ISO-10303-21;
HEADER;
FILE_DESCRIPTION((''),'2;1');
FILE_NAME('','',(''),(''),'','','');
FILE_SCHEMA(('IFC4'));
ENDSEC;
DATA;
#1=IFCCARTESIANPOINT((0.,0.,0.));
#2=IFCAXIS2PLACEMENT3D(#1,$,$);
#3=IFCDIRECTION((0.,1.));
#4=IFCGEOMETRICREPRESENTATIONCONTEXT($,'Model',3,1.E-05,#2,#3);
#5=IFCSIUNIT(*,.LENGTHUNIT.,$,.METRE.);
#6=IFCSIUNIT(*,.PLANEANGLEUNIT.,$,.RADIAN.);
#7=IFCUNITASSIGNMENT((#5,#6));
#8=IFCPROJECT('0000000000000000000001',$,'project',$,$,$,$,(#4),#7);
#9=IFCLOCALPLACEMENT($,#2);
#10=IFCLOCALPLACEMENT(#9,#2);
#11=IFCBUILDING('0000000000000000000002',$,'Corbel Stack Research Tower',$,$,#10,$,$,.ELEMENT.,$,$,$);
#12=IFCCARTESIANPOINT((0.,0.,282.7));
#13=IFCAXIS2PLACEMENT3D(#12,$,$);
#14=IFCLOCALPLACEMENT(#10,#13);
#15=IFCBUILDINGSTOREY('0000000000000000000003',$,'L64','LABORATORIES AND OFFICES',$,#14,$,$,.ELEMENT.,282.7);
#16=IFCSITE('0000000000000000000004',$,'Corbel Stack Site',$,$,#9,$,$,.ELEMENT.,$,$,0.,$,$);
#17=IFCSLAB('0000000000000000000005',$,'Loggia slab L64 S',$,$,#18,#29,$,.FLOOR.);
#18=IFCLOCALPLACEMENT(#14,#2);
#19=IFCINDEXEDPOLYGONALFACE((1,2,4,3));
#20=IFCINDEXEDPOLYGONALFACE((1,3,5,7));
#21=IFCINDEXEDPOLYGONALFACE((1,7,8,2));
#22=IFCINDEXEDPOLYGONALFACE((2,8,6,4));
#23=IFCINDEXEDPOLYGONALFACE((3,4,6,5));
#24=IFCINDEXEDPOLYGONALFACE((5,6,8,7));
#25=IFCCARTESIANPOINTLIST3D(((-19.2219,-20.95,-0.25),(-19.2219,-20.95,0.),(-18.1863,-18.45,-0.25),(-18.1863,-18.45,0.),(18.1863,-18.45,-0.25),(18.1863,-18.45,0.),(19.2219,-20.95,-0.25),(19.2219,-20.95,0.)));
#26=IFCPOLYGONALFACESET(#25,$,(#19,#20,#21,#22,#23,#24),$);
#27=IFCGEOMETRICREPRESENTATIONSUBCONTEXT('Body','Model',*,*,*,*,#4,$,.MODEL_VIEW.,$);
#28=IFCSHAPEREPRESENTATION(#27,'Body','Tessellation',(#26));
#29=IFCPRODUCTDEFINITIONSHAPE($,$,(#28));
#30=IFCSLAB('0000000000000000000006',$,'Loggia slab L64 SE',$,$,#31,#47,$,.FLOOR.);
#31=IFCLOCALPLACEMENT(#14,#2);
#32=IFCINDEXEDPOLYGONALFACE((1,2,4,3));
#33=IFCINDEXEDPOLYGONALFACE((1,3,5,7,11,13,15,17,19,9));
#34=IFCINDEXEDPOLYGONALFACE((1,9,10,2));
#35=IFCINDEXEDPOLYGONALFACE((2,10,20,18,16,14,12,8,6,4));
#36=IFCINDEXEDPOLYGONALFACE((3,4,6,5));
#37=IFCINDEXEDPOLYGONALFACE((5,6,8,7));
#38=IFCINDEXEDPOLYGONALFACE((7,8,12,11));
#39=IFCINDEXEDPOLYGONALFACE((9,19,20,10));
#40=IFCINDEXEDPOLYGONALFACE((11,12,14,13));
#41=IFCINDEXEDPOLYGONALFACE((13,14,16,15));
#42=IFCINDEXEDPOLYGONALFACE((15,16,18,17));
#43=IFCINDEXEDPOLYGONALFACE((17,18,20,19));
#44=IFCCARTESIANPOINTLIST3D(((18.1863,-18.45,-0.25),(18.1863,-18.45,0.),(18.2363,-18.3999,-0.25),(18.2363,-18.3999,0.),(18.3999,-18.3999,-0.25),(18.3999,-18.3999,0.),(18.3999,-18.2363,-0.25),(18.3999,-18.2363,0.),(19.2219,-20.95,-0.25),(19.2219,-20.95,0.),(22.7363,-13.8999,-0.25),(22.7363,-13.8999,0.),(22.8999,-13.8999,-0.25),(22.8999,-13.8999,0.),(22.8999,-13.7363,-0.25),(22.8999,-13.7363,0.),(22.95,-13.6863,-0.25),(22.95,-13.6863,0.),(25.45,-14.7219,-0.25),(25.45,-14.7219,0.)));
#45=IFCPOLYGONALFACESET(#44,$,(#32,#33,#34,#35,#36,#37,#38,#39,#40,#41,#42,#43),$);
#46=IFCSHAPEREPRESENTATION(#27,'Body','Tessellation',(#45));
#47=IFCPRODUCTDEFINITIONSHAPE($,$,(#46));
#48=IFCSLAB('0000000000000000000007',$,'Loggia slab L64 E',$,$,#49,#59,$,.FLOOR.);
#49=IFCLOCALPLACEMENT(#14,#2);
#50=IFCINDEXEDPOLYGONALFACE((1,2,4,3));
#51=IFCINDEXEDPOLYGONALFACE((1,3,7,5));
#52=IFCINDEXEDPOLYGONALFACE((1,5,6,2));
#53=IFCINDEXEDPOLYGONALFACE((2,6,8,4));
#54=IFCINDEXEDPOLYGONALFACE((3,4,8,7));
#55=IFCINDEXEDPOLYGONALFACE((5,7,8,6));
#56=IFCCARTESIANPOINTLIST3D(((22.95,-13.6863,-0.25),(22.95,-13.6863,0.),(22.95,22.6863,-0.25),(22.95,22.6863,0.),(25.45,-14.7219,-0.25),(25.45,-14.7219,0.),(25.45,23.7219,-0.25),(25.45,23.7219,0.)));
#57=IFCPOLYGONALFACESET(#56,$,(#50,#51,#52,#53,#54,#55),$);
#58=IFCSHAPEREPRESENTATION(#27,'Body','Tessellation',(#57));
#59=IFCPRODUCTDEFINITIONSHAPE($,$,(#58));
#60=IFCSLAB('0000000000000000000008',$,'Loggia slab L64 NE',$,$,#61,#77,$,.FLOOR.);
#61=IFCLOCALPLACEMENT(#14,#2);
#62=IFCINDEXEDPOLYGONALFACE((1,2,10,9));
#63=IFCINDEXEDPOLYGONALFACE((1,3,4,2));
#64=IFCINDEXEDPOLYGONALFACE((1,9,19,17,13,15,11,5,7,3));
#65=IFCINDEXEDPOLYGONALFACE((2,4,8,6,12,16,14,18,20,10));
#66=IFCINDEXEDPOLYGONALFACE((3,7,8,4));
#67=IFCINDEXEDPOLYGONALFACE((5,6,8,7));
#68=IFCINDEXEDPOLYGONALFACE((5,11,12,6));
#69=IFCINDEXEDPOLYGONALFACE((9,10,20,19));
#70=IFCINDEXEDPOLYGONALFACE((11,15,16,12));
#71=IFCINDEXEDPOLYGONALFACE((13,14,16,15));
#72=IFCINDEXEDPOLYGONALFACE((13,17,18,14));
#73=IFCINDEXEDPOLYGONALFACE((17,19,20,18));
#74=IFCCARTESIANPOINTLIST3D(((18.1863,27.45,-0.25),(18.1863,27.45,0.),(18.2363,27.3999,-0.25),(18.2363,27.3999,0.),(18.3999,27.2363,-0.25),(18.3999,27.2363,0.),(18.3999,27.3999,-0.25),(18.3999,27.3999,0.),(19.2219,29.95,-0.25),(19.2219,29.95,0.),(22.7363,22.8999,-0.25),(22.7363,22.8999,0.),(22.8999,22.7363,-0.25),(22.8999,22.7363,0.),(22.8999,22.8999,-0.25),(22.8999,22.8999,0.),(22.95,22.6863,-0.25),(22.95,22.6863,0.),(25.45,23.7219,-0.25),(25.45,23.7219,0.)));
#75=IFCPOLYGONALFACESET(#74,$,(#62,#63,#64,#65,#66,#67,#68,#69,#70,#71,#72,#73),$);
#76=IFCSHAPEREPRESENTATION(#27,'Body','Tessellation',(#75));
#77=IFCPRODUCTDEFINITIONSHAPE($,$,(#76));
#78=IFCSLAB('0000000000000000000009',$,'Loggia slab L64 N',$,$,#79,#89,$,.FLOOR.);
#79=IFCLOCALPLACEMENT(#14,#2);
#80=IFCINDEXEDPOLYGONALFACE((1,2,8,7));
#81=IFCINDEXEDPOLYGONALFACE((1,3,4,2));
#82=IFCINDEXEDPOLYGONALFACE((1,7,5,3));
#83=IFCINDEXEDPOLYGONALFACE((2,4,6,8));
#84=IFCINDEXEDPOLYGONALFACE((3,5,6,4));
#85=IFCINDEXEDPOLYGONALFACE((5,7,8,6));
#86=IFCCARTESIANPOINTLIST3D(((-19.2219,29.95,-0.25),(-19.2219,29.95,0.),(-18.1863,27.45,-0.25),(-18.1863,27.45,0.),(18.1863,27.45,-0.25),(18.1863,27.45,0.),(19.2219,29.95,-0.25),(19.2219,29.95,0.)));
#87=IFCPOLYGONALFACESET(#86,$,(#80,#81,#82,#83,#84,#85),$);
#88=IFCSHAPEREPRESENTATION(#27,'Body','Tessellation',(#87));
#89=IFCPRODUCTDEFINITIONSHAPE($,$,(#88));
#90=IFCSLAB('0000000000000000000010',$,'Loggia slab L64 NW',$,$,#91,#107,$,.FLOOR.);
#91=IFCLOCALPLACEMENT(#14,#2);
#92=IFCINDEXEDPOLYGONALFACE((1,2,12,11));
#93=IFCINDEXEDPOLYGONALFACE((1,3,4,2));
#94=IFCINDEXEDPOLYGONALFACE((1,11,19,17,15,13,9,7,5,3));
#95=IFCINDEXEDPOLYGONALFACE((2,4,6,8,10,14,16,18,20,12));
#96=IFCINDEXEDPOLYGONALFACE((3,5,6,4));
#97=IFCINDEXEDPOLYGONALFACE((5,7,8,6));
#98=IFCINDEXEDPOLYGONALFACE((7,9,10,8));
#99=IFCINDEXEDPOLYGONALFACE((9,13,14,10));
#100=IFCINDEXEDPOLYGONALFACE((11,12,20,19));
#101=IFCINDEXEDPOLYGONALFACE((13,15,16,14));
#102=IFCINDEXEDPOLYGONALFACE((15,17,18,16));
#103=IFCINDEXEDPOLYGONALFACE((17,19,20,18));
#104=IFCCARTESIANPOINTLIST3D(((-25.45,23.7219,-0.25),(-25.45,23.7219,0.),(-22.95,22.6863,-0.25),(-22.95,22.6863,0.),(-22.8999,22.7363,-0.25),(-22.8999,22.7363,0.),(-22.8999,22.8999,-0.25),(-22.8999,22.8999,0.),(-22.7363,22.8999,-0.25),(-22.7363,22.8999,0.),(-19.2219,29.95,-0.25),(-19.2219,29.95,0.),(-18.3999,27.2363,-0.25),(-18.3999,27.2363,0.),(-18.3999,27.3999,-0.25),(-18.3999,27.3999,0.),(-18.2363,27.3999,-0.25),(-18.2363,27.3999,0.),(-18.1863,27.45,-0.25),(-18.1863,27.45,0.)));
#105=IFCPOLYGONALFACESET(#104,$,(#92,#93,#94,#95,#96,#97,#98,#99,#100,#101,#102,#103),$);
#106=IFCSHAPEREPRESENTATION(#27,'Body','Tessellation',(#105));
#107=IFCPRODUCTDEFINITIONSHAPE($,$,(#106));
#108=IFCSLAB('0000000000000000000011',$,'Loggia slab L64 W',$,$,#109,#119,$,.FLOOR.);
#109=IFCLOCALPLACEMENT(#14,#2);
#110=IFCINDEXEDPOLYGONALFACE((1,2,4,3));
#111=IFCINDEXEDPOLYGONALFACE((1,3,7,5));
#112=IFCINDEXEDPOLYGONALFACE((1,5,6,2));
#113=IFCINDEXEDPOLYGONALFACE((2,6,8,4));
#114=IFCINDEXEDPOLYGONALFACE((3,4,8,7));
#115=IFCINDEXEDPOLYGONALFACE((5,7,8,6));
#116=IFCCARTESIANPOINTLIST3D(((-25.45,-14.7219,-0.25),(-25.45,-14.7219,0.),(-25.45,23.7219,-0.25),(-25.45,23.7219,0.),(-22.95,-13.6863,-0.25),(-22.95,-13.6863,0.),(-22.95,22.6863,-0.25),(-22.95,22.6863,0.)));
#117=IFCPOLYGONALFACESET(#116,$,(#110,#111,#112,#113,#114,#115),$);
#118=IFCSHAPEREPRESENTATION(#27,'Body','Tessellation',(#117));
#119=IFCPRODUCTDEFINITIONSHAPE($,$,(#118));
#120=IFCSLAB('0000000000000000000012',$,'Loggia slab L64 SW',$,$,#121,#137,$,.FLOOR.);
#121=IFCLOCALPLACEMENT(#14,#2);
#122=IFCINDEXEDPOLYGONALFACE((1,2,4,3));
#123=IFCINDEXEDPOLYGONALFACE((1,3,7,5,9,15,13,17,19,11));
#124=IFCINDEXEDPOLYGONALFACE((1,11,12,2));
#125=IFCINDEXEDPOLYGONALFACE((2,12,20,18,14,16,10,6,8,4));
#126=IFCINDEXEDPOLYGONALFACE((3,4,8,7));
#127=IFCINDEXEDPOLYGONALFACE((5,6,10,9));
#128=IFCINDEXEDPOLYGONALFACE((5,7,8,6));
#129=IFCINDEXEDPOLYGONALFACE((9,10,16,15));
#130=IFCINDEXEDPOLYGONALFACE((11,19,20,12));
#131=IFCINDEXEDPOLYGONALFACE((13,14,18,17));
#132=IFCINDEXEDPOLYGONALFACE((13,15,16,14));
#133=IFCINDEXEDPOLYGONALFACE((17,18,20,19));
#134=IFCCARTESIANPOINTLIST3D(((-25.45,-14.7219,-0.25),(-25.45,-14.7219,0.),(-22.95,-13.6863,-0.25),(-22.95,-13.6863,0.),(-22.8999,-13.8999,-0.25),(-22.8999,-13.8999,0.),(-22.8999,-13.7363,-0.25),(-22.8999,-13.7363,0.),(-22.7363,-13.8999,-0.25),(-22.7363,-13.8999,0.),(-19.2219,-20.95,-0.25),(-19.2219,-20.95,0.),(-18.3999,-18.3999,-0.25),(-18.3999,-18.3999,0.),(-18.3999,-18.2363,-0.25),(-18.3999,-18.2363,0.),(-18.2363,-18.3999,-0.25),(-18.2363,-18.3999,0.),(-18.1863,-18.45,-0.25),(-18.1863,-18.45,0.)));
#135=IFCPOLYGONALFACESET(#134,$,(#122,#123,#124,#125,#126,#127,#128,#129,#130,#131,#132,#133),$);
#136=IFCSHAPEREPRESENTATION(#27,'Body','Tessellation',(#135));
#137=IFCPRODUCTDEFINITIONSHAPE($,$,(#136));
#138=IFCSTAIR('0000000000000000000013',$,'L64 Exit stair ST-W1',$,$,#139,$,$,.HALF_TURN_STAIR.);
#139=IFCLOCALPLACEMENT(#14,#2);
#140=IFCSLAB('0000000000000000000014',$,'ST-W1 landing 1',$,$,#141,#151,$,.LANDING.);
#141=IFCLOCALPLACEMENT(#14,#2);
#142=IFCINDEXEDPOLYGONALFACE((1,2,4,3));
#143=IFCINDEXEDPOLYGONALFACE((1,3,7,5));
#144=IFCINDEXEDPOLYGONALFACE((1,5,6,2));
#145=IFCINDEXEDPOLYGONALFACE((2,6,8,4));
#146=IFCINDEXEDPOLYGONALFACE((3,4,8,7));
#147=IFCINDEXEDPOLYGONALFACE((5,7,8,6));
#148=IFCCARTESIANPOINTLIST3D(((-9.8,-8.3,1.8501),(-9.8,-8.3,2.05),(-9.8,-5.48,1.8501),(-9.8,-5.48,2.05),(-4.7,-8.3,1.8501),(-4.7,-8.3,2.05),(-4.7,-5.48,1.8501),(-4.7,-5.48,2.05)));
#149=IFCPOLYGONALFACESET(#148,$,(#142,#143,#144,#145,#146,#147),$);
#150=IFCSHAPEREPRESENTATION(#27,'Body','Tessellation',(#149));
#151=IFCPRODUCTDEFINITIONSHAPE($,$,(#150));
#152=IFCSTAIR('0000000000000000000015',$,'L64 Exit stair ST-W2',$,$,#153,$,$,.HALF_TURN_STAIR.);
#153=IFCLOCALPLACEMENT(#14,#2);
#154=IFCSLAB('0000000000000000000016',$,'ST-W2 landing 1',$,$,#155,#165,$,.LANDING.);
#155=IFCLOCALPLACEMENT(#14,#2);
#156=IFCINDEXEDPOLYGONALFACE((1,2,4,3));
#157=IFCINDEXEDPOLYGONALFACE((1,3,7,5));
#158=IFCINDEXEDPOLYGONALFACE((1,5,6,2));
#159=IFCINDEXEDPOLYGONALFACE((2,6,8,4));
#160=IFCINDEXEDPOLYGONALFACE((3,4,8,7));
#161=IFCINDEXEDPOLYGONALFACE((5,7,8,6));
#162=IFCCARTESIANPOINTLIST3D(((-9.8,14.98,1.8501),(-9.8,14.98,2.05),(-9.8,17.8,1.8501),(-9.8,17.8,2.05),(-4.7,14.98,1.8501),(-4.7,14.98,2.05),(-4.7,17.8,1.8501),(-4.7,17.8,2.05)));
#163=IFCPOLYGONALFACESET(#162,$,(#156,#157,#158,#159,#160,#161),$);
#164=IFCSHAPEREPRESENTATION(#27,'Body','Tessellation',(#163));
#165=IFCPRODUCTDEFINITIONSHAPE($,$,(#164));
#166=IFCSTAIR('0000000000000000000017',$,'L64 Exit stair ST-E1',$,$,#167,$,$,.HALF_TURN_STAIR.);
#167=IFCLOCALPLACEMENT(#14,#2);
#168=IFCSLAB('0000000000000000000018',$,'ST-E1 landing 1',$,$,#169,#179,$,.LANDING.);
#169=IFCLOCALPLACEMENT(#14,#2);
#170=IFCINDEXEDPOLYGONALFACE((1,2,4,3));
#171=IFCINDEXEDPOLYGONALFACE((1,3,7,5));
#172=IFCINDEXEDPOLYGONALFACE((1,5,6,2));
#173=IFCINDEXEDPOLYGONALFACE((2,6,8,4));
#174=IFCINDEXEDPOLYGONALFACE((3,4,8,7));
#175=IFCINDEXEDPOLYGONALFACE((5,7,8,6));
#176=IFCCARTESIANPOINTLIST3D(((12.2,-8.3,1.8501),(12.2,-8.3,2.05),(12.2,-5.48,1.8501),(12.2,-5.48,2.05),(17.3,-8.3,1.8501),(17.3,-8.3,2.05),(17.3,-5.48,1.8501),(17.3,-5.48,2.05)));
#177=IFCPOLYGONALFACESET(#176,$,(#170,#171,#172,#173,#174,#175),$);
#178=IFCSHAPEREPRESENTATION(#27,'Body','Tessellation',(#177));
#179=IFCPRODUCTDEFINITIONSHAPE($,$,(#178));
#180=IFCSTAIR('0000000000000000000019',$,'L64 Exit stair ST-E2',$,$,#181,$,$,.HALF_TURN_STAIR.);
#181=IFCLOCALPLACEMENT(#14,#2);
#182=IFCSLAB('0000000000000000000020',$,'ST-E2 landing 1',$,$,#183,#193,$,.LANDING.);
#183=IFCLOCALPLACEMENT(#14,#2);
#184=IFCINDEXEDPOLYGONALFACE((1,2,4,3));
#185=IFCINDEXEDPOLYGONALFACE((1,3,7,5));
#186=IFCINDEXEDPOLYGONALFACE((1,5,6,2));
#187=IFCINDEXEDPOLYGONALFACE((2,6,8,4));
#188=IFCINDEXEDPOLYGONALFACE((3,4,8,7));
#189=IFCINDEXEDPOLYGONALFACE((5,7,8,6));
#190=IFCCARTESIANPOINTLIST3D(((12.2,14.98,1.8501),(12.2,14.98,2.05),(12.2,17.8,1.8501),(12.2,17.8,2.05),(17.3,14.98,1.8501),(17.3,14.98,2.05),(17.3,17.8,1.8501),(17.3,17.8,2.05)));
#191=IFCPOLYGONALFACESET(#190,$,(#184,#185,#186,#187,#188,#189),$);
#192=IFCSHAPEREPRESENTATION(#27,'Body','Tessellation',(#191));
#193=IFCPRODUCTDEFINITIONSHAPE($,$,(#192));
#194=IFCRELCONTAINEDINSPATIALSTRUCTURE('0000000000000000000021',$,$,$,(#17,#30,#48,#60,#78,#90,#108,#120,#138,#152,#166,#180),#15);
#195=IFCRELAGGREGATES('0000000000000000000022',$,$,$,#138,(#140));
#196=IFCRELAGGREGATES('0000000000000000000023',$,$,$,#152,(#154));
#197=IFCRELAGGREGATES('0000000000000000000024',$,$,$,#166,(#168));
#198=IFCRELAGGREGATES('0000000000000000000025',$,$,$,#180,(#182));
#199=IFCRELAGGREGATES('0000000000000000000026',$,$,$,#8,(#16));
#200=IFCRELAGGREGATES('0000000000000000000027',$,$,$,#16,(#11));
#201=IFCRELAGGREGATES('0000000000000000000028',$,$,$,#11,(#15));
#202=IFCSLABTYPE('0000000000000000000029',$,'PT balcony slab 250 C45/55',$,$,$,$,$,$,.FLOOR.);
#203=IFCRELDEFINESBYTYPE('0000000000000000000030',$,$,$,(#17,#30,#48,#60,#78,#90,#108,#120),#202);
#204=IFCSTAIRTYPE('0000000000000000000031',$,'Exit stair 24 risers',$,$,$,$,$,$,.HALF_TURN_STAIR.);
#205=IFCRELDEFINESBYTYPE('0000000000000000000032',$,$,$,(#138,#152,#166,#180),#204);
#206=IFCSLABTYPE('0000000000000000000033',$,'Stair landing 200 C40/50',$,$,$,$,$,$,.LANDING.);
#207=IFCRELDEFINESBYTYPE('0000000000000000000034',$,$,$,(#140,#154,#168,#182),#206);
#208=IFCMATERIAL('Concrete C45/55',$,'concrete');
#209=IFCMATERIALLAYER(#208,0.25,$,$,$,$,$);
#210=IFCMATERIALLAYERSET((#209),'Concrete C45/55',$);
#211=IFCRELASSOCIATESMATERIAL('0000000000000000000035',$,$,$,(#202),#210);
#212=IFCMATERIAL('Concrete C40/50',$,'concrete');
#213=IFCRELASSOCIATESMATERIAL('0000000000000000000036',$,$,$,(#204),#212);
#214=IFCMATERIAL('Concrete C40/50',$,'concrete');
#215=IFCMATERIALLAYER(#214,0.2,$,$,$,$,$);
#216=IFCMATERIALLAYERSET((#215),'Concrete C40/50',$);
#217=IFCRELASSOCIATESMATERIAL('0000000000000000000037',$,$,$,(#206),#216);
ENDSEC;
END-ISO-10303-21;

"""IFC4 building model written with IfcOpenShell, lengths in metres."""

from ifc_helpers import new_model, si_unit, direction, frame, origin, place, context, subcontext, project, spatial, polyline, outline, extrude, material, layer, layer_set, type_object, element, aggregate, save


model = new_model("IFC4")

# Units and contexts
model_context = context("Model", 3, precision=1e-05, world=origin(), true_north=direction((0.0, 1.0)))
body_context = subcontext(model_context, "Body", "Model", "MODEL_VIEW")
ifc_project = project(units=[si_unit("LENGTHUNIT", "METRE"), si_unit("PLANEANGLEUNIT", "RADIAN")], contexts=[model_context])

# Site, building, storey
site_placement = place(None, origin())
site = spatial("IfcSite", under=ifc_project, at=site_placement, Name="Corbel Stack Site", CompositionType="ELEMENT", RefElevation=0.0)
building_placement = place(site_placement, origin())
building = spatial("IfcBuilding", under=site, at=building_placement, Name="Corbel Stack Research Tower", CompositionType="ELEMENT")
storey_placement = place(building_placement, frame((0.0, 0.0, 282.7)))
storey = spatial("IfcBuildingStorey", under=building, at=storey_placement, Name="L64", Description="LABORATORIES AND OFFICES", CompositionType="ELEMENT", Elevation=282.7)

# Slabs
ifc_material_1 = material(Name="Concrete C45/55", Category="concrete")
ifc_layer_1 = layer(ifc_material_1, 0.25)
ifc_layer_set_1 = layer_set([ifc_layer_1], Name="Concrete C45/55")
slab_type_1 = type_object("IfcSlabType", Name="PT balcony slab 250 C45/55", PredefinedType="FLOOR", material=ifc_layer_set_1)
slab_1_placement = place(storey_placement, frame((0.0, 0.0, -0.25)))
element("IfcSlab", 1, at=slab_1_placement, inside=storey, type_object=slab_type_1, Name="Loggia slab L64 S", PredefinedType="FLOOR", context=body_context, shape_type="SweptSolid", body=[
    extrude(outline(polyline([(18.1863, -18.45), (-18.1863, -18.45), (-19.2219, -20.95), (19.2219, -20.95), (18.1863, -18.45)])), origin(), (0.0, 0.0, 1.0), 0.25),
])
slab_2_placement = place(storey_placement, frame((0.0, 0.0, -0.25)))
element("IfcSlab", 2, at=slab_2_placement, inside=storey, type_object=slab_type_1, Name="Loggia slab L64 SE", PredefinedType="FLOOR", context=body_context, shape_type="SweptSolid", body=[
    extrude(outline(polyline([(22.95, -13.6863), (22.8999, -13.7363), (22.8999, -13.8999), (22.7363, -13.8999), (18.3999, -18.2363), (18.3999, -18.3999), (18.2363, -18.3999), (18.1863, -18.45), (19.2219, -20.95), (25.45, -14.7219), (22.95, -13.6863)])), origin(), (0.0, 0.0, 1.0), 0.25),
])
slab_3_placement = place(storey_placement, frame((0.0, 0.0, -0.25)))
element("IfcSlab", 3, at=slab_3_placement, inside=storey, type_object=slab_type_1, Name="Loggia slab L64 E", PredefinedType="FLOOR", context=body_context, shape_type="SweptSolid", body=[
    extrude(outline(polyline([(22.95, 22.6863), (22.95, -13.6863), (25.45, -14.7219), (25.45, 23.7219), (22.95, 22.6863)])), origin(), (0.0, 0.0, 1.0), 0.25),
])
slab_4_placement = place(storey_placement, frame((0.0, 0.0, -0.25)))
element("IfcSlab", 4, at=slab_4_placement, inside=storey, type_object=slab_type_1, Name="Loggia slab L64 NE", PredefinedType="FLOOR", context=body_context, shape_type="SweptSolid", body=[
    extrude(outline(polyline([(18.1863, 27.45), (18.2363, 27.3999), (18.3999, 27.3999), (18.3999, 27.2363), (22.7363, 22.8999), (22.8999, 22.8999), (22.8999, 22.7363), (22.95, 22.6863), (25.45, 23.7219), (19.2219, 29.95), (18.1863, 27.45)])), origin(), (0.0, 0.0, 1.0), 0.25),
])
slab_5_placement = place(storey_placement, frame((0.0, 0.0, -0.25)))
element("IfcSlab", 5, at=slab_5_placement, inside=storey, type_object=slab_type_1, Name="Loggia slab L64 N", PredefinedType="FLOOR", context=body_context, shape_type="SweptSolid", body=[
    extrude(outline(polyline([(-18.1863, 27.45), (18.1863, 27.45), (19.2219, 29.95), (-19.2219, 29.95), (-18.1863, 27.45)])), origin(), (0.0, 0.0, 1.0), 0.25),
])
slab_6_placement = place(storey_placement, frame((0.0, 0.0, -0.25)))
element("IfcSlab", 6, at=slab_6_placement, inside=storey, type_object=slab_type_1, Name="Loggia slab L64 NW", PredefinedType="FLOOR", context=body_context, shape_type="SweptSolid", body=[
    extrude(outline(polyline([(-22.95, 22.6863), (-22.8999, 22.7363), (-22.8999, 22.8999), (-22.7363, 22.8999), (-18.3999, 27.2363), (-18.3999, 27.3999), (-18.2363, 27.3999), (-18.1863, 27.45), (-19.2219, 29.95), (-25.45, 23.7219), (-22.95, 22.6863)])), origin(), (0.0, 0.0, 1.0), 0.25),
])
slab_7_placement = place(storey_placement, frame((0.0, 0.0, -0.25)))
element("IfcSlab", 7, at=slab_7_placement, inside=storey, type_object=slab_type_1, Name="Loggia slab L64 W", PredefinedType="FLOOR", context=body_context, shape_type="SweptSolid", body=[
    extrude(outline(polyline([(-22.95, -13.6863), (-22.95, 22.6863), (-25.45, 23.7219), (-25.45, -14.7219), (-22.95, -13.6863)])), origin(), (0.0, 0.0, 1.0), 0.25),
])
slab_8_placement = place(storey_placement, frame((0.0, 0.0, -0.25)))
element("IfcSlab", 8, at=slab_8_placement, inside=storey, type_object=slab_type_1, Name="Loggia slab L64 SW", PredefinedType="FLOOR", context=body_context, shape_type="SweptSolid", body=[
    extrude(outline(polyline([(-18.1863, -18.45), (-18.2363, -18.3999), (-18.3999, -18.3999), (-18.3999, -18.2363), (-22.7363, -13.8999), (-22.8999, -13.8999), (-22.8999, -13.7363), (-22.95, -13.6863), (-25.45, -14.7219), (-19.2219, -20.95), (-18.1863, -18.45)])), origin(), (0.0, 0.0, 1.0), 0.25),
])

# Stairs, slabs
ifc_material_2 = material(Name="Concrete C40/50", Category="concrete")
stair_type = type_object("IfcStairType", Name="Exit stair 24 risers", PredefinedType="HALF_TURN_STAIR", material=ifc_material_2)
stair_1_placement = place(storey_placement, origin())
stair_1 = element("IfcStair", 9, at=stair_1_placement, inside=storey, type_object=stair_type, Name="L64 Exit stair ST-W1", PredefinedType="HALF_TURN_STAIR")
ifc_material_3 = material(Name="Concrete C40/50", Category="concrete")
ifc_layer_2 = layer(ifc_material_3, 0.2)
ifc_layer_set_2 = layer_set([ifc_layer_2], Name="Concrete C40/50")
slab_type_2 = type_object("IfcSlabType", Name="Stair landing 200 C40/50", PredefinedType="LANDING", material=ifc_layer_set_2)
slab_9_placement = place(storey_placement, frame((0.0, 0.0, 1.8501)))
slab_9 = element("IfcSlab", 10, at=slab_9_placement, type_object=slab_type_2, Name="ST-W1 landing 1", PredefinedType="LANDING", context=body_context, shape_type="SweptSolid", body=[
    extrude(outline(polyline([(-9.8, -8.3), (-9.8, -5.48), (-4.7, -5.48), (-4.7, -8.3), (-9.8, -8.3)])), origin(), (0.0, 0.0, 1.0), 0.2),
])
aggregate(stair_1, [slab_9])
stair_2_placement = place(storey_placement, origin())
stair_2 = element("IfcStair", 11, at=stair_2_placement, inside=storey, type_object=stair_type, Name="L64 Exit stair ST-W2", PredefinedType="HALF_TURN_STAIR")
slab_10_placement = place(storey_placement, frame((0.0, 0.0, 1.8501)))
slab_10 = element("IfcSlab", 12, at=slab_10_placement, type_object=slab_type_2, Name="ST-W2 landing 1", PredefinedType="LANDING", context=body_context, shape_type="SweptSolid", body=[
    extrude(outline(polyline([(-9.8, 14.98), (-9.8, 17.8), (-4.7, 17.8), (-4.7, 14.98), (-9.8, 14.98)])), origin(), (0.0, 0.0, 1.0), 0.2),
])
aggregate(stair_2, [slab_10])
stair_3_placement = place(storey_placement, origin())
stair_3 = element("IfcStair", 13, at=stair_3_placement, inside=storey, type_object=stair_type, Name="L64 Exit stair ST-E1", PredefinedType="HALF_TURN_STAIR")
slab_11_placement = place(storey_placement, frame((0.0, 0.0, 1.8501)))
slab_11 = element("IfcSlab", 14, at=slab_11_placement, type_object=slab_type_2, Name="ST-E1 landing 1", PredefinedType="LANDING", context=body_context, shape_type="SweptSolid", body=[
    extrude(outline(polyline([(12.2, -8.3), (12.2, -5.48), (17.3, -5.48), (17.3, -8.3), (12.2, -8.3)])), origin(), (0.0, 0.0, 1.0), 0.2),
])
aggregate(stair_3, [slab_11])
stair_4_placement = place(storey_placement, origin())
stair_4 = element("IfcStair", 15, at=stair_4_placement, inside=storey, type_object=stair_type, Name="L64 Exit stair ST-E2", PredefinedType="HALF_TURN_STAIR")
slab_12_placement = place(storey_placement, frame((0.0, 0.0, 1.8501)))
slab_12 = element("IfcSlab", 16, at=slab_12_placement, type_object=slab_type_2, Name="ST-E2 landing 1", PredefinedType="LANDING", context=body_context, shape_type="SweptSolid", body=[
    extrude(outline(polyline([(12.2, 14.98), (12.2, 17.8), (17.3, 17.8), (17.3, 14.98), (12.2, 14.98)])), origin(), (0.0, 0.0, 1.0), 0.2),
])
aggregate(stair_4, [slab_12])

save(model, "model.ifc")
